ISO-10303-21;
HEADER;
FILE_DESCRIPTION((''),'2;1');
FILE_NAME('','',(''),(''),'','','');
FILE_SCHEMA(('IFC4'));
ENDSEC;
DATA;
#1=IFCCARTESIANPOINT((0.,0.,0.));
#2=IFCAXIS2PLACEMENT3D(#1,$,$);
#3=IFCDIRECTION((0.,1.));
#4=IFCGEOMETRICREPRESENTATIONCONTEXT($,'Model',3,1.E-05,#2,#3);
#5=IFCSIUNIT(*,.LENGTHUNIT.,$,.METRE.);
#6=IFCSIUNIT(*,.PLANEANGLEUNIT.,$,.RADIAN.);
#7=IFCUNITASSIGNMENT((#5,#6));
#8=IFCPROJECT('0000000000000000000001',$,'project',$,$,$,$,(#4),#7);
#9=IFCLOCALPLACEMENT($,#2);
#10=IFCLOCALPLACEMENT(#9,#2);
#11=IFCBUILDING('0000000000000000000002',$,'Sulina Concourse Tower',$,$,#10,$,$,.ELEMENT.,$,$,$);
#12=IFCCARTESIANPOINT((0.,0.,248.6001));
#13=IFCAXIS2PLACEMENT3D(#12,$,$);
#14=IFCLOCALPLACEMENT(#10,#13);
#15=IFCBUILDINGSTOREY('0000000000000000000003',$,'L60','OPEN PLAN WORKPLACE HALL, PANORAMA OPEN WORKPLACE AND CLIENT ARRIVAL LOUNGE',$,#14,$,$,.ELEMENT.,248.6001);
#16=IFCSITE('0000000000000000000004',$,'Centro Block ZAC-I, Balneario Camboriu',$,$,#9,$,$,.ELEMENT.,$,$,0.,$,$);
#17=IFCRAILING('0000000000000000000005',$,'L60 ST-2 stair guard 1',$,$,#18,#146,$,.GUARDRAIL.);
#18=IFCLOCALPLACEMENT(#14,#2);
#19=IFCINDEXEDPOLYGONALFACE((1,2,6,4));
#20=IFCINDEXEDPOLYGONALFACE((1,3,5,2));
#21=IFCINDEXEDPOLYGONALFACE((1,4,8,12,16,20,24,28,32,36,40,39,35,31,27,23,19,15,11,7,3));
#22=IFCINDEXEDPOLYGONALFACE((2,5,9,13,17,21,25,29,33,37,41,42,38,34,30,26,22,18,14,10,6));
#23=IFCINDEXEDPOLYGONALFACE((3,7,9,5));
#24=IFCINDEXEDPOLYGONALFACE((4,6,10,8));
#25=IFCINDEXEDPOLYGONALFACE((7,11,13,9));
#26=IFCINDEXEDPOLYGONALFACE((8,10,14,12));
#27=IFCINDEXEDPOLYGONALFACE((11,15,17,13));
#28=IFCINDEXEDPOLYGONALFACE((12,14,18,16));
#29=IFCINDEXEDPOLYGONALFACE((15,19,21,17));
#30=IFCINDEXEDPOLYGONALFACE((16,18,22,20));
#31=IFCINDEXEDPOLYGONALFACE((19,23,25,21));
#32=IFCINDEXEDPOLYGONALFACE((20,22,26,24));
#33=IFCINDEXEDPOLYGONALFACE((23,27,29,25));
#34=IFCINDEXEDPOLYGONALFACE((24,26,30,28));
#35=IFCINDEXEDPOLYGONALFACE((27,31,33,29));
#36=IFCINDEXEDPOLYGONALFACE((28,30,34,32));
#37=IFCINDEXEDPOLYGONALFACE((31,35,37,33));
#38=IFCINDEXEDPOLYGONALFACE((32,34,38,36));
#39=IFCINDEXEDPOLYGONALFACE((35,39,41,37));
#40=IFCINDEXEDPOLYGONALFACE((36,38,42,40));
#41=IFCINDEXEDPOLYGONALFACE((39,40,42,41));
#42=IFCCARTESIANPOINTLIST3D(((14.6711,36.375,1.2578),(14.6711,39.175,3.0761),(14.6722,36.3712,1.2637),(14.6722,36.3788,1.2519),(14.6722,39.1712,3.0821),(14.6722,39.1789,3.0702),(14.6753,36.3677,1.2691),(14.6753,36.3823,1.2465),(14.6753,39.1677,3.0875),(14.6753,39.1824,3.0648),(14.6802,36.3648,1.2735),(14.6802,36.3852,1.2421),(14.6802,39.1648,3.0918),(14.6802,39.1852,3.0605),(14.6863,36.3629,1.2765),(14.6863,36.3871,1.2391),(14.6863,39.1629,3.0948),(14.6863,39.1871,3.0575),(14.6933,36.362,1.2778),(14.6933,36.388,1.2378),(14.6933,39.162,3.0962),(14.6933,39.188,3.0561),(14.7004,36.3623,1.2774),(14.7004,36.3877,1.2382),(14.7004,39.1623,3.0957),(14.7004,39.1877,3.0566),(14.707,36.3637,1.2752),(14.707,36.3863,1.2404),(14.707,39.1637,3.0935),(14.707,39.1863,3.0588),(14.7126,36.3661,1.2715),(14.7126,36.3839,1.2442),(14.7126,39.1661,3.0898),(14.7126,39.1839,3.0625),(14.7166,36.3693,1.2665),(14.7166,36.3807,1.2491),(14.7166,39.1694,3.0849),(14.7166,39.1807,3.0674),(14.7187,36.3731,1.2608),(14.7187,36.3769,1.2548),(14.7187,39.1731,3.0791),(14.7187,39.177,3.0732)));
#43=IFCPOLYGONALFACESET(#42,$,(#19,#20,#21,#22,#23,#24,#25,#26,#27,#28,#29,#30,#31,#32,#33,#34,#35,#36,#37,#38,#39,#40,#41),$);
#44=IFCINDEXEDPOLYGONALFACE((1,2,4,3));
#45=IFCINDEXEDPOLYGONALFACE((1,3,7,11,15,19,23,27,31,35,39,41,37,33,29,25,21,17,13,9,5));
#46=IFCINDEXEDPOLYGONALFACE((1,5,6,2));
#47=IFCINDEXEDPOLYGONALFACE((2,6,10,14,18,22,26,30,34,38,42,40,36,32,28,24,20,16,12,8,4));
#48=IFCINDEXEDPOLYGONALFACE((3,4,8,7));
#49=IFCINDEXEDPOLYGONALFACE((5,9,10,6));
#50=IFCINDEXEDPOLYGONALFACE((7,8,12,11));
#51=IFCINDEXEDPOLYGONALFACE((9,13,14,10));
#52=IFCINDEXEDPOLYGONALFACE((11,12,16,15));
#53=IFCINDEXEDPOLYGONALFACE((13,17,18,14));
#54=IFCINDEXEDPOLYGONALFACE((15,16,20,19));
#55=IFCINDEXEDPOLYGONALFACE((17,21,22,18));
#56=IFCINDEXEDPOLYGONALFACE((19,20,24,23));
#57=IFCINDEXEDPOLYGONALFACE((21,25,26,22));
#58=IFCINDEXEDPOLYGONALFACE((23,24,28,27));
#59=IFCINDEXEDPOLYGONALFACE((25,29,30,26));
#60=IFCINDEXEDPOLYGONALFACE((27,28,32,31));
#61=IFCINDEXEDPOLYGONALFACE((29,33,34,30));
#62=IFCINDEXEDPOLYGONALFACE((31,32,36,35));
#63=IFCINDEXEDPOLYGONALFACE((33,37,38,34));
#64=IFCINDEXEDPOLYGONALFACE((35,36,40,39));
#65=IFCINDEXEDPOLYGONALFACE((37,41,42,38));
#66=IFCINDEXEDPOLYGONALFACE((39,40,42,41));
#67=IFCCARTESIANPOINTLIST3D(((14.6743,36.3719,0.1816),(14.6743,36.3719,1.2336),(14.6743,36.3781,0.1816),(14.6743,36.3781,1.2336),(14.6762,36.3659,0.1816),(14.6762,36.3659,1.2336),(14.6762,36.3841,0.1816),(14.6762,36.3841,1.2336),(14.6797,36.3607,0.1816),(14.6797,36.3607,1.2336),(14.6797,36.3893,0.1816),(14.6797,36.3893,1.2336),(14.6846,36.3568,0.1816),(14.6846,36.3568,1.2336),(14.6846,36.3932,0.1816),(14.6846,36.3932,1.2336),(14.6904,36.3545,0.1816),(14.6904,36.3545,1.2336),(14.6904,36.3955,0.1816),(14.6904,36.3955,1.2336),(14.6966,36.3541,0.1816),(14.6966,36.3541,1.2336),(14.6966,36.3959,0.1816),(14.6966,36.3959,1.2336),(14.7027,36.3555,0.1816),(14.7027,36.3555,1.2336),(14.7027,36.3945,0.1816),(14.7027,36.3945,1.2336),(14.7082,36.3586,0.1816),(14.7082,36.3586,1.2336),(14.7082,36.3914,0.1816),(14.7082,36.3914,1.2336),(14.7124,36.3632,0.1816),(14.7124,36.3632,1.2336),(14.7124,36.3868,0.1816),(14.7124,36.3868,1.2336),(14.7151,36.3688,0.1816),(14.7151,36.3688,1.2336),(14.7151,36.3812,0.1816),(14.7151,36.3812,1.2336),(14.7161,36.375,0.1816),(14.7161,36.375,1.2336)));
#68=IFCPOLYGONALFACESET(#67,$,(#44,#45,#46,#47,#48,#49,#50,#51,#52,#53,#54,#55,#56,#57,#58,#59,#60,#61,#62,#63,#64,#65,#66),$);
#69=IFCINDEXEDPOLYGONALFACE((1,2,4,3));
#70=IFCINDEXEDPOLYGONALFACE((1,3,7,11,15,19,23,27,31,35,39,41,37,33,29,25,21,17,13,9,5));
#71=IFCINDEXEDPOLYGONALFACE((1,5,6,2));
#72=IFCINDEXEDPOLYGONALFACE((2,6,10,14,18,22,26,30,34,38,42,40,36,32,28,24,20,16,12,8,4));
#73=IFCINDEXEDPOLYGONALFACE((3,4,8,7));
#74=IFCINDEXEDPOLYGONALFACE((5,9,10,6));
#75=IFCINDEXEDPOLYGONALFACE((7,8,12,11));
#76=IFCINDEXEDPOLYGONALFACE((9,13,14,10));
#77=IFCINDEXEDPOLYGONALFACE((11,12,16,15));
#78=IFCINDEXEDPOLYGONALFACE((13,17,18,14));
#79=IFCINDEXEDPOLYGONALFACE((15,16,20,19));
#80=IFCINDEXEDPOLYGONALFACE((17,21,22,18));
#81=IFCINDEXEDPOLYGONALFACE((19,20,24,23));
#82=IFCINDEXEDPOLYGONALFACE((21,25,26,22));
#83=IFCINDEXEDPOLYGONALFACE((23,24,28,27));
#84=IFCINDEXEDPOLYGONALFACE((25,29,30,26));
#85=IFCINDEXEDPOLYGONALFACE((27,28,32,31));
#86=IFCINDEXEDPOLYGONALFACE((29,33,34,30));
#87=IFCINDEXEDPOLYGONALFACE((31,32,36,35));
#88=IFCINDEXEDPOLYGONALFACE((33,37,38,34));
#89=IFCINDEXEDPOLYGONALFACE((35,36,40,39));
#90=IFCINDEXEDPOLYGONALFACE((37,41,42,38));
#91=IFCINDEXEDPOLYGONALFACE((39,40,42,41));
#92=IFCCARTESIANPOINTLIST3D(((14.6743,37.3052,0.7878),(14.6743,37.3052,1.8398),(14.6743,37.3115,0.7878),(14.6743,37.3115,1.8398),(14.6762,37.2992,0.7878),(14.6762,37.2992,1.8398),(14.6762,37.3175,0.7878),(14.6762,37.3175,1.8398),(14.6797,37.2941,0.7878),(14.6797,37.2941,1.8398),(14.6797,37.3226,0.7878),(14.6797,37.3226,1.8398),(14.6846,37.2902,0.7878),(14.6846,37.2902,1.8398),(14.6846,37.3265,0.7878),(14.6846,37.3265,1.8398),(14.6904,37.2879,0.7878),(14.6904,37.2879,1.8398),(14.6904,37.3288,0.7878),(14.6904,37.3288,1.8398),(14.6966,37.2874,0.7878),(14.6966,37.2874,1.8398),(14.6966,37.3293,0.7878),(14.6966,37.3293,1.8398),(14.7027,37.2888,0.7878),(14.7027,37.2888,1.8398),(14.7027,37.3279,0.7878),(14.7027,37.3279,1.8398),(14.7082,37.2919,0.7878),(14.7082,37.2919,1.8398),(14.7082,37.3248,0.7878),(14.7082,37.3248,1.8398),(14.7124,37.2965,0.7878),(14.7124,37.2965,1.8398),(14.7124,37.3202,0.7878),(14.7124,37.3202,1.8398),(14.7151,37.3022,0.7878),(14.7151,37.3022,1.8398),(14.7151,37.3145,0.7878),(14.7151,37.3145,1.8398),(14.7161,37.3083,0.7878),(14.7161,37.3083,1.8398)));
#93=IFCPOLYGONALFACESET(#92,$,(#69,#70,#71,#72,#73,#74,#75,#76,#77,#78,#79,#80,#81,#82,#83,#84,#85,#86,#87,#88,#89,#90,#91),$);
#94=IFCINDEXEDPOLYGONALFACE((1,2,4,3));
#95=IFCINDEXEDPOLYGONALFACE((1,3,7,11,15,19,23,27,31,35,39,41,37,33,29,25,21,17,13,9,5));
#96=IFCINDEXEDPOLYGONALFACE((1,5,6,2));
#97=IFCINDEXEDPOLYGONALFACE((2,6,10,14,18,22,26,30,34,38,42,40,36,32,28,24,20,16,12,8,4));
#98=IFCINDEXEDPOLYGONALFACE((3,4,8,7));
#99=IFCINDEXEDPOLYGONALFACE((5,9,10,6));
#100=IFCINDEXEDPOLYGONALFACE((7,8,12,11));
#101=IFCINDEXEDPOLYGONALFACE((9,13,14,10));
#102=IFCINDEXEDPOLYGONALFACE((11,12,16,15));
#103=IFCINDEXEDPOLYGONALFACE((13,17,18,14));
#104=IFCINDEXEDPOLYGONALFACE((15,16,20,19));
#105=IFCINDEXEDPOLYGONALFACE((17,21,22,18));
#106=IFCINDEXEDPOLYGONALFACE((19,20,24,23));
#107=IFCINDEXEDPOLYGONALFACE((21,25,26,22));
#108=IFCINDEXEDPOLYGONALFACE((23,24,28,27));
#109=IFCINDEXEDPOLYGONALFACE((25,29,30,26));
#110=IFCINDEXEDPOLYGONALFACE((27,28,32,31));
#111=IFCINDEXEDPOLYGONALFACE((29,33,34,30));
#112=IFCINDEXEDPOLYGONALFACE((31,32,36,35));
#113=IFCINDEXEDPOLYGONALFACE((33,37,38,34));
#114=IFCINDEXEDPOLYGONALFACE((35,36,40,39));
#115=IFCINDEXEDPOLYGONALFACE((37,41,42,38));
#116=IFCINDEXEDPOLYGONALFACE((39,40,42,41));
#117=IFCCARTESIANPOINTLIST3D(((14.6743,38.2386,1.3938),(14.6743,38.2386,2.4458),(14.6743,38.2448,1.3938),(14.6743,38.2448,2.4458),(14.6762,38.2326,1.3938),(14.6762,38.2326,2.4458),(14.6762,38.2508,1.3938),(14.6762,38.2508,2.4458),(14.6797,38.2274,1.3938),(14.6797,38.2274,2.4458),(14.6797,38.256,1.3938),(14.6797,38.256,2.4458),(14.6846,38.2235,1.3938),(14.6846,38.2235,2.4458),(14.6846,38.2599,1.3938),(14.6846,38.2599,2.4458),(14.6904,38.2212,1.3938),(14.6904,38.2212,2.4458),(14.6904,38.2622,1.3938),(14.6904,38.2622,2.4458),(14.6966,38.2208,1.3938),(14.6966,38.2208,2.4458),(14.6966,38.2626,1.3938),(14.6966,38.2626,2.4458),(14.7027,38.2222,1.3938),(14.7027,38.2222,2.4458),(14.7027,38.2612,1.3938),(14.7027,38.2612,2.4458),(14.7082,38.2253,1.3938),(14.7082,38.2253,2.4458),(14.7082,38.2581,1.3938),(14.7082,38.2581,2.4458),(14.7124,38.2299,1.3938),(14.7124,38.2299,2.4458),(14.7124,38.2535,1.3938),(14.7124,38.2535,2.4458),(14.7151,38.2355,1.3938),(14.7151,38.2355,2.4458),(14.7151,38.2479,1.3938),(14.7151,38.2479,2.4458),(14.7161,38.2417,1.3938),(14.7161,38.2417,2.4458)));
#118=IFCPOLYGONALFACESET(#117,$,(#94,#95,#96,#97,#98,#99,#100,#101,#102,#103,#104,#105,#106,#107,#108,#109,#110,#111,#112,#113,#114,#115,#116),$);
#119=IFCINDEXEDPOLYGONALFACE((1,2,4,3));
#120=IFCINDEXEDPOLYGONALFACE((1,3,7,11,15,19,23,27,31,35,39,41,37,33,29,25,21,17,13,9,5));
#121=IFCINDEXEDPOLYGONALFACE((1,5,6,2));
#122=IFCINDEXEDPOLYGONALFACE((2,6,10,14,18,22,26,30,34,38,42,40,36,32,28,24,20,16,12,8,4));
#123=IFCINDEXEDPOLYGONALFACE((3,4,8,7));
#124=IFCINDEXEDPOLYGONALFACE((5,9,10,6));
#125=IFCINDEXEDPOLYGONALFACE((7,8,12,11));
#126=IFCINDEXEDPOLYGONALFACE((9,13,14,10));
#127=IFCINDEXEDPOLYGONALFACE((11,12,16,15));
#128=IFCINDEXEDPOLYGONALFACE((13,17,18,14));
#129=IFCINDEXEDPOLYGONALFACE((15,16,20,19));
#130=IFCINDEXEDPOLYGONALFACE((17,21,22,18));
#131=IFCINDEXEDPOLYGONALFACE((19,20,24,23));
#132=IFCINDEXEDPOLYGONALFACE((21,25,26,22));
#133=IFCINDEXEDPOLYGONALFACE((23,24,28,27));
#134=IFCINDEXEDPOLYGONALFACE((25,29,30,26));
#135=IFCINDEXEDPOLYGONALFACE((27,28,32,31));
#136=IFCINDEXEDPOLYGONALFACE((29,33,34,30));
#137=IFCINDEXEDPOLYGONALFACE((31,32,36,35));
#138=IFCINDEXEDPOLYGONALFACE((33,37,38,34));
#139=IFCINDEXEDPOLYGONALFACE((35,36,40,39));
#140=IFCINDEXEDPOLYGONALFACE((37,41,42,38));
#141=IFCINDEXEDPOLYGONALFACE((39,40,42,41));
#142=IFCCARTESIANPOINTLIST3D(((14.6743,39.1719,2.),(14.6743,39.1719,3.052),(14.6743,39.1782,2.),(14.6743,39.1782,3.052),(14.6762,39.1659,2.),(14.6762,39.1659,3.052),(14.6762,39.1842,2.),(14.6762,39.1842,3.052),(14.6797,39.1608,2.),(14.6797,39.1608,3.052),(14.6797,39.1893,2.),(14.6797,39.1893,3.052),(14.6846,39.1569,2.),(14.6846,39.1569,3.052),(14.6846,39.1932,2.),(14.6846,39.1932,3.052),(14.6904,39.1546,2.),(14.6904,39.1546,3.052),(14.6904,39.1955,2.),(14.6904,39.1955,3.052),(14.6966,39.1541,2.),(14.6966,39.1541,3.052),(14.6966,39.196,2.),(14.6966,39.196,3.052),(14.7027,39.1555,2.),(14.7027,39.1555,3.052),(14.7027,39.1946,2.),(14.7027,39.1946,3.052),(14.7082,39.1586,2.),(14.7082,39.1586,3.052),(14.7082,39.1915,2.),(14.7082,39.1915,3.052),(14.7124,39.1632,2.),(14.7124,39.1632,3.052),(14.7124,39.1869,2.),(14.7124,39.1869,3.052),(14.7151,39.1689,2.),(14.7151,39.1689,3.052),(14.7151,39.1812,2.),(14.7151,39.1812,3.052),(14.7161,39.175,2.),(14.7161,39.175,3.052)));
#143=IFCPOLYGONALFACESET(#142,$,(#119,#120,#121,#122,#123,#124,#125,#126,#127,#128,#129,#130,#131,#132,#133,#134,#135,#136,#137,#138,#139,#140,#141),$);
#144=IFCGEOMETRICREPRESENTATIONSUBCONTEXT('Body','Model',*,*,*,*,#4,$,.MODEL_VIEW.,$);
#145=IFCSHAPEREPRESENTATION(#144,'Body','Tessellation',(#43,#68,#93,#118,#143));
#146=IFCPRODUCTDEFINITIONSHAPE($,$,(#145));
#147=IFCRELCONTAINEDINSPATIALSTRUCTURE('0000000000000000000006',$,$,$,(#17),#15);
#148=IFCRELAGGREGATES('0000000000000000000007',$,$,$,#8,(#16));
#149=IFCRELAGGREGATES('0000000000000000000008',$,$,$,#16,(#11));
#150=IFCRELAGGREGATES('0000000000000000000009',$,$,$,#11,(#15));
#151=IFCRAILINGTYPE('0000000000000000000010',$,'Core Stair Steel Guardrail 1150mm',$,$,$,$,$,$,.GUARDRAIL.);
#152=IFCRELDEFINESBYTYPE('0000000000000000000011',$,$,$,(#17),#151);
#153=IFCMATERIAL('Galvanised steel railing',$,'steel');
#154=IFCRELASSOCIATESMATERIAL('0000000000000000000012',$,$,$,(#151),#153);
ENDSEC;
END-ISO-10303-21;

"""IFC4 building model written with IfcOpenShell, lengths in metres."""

from ifc_helpers import new_model, si_unit, direction, frame, origin, origin_2d, place, context, subcontext, project, spatial, circle, extrude, material, type_object, element, save


model = new_model("IFC4")

# Units and contexts
model_context = context("Model", 3, precision=1e-05, world=origin(), true_north=direction((0.0, 1.0)))
body_context = subcontext(model_context, "Body", "Model", "MODEL_VIEW")
ifc_project = project(units=[si_unit("LENGTHUNIT", "METRE"), si_unit("PLANEANGLEUNIT", "RADIAN")], contexts=[model_context])

# Site, building, storey
site_placement = place(None, origin())
site = spatial("IfcSite", under=ifc_project, at=site_placement, Name="Centro Block ZAC-I, Balneario Camboriu", CompositionType="ELEMENT", RefElevation=0.0)
building_placement = place(site_placement, origin())
building = spatial("IfcBuilding", under=site, at=building_placement, Name="Sulina Concourse Tower", CompositionType="ELEMENT")
storey_placement = place(building_placement, frame((0.0, 0.0, 248.6001)))
storey = spatial("IfcBuildingStorey", under=building, at=storey_placement, Name="L60", Description="OPEN PLAN WORKPLACE HALL, PANORAMA OPEN WORKPLACE AND CLIENT ARRIVAL LOUNGE", CompositionType="ELEMENT", Elevation=248.6001)

# Railing
ifc_material_1 = material(Name="Galvanised steel railing", Category="steel")
railing_type_1 = type_object("IfcRailingType", Name="Core Stair Steel Guardrail 1150mm", PredefinedType="GUARDRAIL", material=ifc_material_1)
railing_1_placement = place(storey_placement, frame((14.6951, 36.375, 0.1816)))
element("IfcRailing", 1, at=railing_1_placement, inside=storey, type_object=railing_type_1, Name="L60 ST-2 stair guard 1", PredefinedType="GUARDRAIL", context=body_context, shape_type="SweptSolid", body=[
    extrude(circle(Radius=0.0239, at=origin_2d()), frame((0.0, 0.0, 1.0762), z_axis=(0.0, 0.838672, 0.544636), x_axis=(-1.0, 0.0, 0.0)), (0.0, 0.0, 1.0), 3.3386),
    extrude(circle(Radius=0.021, at=origin_2d()), origin(), (0.0, 0.0, 1.0), 1.052),
    extrude(circle(Radius=0.021, at=origin_2d()), frame((0.0, 0.9333, 0.6062)), (0.0, 0.0, 1.0), 1.052),
    extrude(circle(Radius=0.021, at=origin_2d()), frame((0.0, 1.8667, 1.2122)), (0.0, 0.0, 1.0), 1.052),
    extrude(circle(Radius=0.021, at=origin_2d()), frame((0.0, 2.8, 1.8184)), (0.0, 0.0, 1.0), 1.052),
])

save(model, "model.ifc")
